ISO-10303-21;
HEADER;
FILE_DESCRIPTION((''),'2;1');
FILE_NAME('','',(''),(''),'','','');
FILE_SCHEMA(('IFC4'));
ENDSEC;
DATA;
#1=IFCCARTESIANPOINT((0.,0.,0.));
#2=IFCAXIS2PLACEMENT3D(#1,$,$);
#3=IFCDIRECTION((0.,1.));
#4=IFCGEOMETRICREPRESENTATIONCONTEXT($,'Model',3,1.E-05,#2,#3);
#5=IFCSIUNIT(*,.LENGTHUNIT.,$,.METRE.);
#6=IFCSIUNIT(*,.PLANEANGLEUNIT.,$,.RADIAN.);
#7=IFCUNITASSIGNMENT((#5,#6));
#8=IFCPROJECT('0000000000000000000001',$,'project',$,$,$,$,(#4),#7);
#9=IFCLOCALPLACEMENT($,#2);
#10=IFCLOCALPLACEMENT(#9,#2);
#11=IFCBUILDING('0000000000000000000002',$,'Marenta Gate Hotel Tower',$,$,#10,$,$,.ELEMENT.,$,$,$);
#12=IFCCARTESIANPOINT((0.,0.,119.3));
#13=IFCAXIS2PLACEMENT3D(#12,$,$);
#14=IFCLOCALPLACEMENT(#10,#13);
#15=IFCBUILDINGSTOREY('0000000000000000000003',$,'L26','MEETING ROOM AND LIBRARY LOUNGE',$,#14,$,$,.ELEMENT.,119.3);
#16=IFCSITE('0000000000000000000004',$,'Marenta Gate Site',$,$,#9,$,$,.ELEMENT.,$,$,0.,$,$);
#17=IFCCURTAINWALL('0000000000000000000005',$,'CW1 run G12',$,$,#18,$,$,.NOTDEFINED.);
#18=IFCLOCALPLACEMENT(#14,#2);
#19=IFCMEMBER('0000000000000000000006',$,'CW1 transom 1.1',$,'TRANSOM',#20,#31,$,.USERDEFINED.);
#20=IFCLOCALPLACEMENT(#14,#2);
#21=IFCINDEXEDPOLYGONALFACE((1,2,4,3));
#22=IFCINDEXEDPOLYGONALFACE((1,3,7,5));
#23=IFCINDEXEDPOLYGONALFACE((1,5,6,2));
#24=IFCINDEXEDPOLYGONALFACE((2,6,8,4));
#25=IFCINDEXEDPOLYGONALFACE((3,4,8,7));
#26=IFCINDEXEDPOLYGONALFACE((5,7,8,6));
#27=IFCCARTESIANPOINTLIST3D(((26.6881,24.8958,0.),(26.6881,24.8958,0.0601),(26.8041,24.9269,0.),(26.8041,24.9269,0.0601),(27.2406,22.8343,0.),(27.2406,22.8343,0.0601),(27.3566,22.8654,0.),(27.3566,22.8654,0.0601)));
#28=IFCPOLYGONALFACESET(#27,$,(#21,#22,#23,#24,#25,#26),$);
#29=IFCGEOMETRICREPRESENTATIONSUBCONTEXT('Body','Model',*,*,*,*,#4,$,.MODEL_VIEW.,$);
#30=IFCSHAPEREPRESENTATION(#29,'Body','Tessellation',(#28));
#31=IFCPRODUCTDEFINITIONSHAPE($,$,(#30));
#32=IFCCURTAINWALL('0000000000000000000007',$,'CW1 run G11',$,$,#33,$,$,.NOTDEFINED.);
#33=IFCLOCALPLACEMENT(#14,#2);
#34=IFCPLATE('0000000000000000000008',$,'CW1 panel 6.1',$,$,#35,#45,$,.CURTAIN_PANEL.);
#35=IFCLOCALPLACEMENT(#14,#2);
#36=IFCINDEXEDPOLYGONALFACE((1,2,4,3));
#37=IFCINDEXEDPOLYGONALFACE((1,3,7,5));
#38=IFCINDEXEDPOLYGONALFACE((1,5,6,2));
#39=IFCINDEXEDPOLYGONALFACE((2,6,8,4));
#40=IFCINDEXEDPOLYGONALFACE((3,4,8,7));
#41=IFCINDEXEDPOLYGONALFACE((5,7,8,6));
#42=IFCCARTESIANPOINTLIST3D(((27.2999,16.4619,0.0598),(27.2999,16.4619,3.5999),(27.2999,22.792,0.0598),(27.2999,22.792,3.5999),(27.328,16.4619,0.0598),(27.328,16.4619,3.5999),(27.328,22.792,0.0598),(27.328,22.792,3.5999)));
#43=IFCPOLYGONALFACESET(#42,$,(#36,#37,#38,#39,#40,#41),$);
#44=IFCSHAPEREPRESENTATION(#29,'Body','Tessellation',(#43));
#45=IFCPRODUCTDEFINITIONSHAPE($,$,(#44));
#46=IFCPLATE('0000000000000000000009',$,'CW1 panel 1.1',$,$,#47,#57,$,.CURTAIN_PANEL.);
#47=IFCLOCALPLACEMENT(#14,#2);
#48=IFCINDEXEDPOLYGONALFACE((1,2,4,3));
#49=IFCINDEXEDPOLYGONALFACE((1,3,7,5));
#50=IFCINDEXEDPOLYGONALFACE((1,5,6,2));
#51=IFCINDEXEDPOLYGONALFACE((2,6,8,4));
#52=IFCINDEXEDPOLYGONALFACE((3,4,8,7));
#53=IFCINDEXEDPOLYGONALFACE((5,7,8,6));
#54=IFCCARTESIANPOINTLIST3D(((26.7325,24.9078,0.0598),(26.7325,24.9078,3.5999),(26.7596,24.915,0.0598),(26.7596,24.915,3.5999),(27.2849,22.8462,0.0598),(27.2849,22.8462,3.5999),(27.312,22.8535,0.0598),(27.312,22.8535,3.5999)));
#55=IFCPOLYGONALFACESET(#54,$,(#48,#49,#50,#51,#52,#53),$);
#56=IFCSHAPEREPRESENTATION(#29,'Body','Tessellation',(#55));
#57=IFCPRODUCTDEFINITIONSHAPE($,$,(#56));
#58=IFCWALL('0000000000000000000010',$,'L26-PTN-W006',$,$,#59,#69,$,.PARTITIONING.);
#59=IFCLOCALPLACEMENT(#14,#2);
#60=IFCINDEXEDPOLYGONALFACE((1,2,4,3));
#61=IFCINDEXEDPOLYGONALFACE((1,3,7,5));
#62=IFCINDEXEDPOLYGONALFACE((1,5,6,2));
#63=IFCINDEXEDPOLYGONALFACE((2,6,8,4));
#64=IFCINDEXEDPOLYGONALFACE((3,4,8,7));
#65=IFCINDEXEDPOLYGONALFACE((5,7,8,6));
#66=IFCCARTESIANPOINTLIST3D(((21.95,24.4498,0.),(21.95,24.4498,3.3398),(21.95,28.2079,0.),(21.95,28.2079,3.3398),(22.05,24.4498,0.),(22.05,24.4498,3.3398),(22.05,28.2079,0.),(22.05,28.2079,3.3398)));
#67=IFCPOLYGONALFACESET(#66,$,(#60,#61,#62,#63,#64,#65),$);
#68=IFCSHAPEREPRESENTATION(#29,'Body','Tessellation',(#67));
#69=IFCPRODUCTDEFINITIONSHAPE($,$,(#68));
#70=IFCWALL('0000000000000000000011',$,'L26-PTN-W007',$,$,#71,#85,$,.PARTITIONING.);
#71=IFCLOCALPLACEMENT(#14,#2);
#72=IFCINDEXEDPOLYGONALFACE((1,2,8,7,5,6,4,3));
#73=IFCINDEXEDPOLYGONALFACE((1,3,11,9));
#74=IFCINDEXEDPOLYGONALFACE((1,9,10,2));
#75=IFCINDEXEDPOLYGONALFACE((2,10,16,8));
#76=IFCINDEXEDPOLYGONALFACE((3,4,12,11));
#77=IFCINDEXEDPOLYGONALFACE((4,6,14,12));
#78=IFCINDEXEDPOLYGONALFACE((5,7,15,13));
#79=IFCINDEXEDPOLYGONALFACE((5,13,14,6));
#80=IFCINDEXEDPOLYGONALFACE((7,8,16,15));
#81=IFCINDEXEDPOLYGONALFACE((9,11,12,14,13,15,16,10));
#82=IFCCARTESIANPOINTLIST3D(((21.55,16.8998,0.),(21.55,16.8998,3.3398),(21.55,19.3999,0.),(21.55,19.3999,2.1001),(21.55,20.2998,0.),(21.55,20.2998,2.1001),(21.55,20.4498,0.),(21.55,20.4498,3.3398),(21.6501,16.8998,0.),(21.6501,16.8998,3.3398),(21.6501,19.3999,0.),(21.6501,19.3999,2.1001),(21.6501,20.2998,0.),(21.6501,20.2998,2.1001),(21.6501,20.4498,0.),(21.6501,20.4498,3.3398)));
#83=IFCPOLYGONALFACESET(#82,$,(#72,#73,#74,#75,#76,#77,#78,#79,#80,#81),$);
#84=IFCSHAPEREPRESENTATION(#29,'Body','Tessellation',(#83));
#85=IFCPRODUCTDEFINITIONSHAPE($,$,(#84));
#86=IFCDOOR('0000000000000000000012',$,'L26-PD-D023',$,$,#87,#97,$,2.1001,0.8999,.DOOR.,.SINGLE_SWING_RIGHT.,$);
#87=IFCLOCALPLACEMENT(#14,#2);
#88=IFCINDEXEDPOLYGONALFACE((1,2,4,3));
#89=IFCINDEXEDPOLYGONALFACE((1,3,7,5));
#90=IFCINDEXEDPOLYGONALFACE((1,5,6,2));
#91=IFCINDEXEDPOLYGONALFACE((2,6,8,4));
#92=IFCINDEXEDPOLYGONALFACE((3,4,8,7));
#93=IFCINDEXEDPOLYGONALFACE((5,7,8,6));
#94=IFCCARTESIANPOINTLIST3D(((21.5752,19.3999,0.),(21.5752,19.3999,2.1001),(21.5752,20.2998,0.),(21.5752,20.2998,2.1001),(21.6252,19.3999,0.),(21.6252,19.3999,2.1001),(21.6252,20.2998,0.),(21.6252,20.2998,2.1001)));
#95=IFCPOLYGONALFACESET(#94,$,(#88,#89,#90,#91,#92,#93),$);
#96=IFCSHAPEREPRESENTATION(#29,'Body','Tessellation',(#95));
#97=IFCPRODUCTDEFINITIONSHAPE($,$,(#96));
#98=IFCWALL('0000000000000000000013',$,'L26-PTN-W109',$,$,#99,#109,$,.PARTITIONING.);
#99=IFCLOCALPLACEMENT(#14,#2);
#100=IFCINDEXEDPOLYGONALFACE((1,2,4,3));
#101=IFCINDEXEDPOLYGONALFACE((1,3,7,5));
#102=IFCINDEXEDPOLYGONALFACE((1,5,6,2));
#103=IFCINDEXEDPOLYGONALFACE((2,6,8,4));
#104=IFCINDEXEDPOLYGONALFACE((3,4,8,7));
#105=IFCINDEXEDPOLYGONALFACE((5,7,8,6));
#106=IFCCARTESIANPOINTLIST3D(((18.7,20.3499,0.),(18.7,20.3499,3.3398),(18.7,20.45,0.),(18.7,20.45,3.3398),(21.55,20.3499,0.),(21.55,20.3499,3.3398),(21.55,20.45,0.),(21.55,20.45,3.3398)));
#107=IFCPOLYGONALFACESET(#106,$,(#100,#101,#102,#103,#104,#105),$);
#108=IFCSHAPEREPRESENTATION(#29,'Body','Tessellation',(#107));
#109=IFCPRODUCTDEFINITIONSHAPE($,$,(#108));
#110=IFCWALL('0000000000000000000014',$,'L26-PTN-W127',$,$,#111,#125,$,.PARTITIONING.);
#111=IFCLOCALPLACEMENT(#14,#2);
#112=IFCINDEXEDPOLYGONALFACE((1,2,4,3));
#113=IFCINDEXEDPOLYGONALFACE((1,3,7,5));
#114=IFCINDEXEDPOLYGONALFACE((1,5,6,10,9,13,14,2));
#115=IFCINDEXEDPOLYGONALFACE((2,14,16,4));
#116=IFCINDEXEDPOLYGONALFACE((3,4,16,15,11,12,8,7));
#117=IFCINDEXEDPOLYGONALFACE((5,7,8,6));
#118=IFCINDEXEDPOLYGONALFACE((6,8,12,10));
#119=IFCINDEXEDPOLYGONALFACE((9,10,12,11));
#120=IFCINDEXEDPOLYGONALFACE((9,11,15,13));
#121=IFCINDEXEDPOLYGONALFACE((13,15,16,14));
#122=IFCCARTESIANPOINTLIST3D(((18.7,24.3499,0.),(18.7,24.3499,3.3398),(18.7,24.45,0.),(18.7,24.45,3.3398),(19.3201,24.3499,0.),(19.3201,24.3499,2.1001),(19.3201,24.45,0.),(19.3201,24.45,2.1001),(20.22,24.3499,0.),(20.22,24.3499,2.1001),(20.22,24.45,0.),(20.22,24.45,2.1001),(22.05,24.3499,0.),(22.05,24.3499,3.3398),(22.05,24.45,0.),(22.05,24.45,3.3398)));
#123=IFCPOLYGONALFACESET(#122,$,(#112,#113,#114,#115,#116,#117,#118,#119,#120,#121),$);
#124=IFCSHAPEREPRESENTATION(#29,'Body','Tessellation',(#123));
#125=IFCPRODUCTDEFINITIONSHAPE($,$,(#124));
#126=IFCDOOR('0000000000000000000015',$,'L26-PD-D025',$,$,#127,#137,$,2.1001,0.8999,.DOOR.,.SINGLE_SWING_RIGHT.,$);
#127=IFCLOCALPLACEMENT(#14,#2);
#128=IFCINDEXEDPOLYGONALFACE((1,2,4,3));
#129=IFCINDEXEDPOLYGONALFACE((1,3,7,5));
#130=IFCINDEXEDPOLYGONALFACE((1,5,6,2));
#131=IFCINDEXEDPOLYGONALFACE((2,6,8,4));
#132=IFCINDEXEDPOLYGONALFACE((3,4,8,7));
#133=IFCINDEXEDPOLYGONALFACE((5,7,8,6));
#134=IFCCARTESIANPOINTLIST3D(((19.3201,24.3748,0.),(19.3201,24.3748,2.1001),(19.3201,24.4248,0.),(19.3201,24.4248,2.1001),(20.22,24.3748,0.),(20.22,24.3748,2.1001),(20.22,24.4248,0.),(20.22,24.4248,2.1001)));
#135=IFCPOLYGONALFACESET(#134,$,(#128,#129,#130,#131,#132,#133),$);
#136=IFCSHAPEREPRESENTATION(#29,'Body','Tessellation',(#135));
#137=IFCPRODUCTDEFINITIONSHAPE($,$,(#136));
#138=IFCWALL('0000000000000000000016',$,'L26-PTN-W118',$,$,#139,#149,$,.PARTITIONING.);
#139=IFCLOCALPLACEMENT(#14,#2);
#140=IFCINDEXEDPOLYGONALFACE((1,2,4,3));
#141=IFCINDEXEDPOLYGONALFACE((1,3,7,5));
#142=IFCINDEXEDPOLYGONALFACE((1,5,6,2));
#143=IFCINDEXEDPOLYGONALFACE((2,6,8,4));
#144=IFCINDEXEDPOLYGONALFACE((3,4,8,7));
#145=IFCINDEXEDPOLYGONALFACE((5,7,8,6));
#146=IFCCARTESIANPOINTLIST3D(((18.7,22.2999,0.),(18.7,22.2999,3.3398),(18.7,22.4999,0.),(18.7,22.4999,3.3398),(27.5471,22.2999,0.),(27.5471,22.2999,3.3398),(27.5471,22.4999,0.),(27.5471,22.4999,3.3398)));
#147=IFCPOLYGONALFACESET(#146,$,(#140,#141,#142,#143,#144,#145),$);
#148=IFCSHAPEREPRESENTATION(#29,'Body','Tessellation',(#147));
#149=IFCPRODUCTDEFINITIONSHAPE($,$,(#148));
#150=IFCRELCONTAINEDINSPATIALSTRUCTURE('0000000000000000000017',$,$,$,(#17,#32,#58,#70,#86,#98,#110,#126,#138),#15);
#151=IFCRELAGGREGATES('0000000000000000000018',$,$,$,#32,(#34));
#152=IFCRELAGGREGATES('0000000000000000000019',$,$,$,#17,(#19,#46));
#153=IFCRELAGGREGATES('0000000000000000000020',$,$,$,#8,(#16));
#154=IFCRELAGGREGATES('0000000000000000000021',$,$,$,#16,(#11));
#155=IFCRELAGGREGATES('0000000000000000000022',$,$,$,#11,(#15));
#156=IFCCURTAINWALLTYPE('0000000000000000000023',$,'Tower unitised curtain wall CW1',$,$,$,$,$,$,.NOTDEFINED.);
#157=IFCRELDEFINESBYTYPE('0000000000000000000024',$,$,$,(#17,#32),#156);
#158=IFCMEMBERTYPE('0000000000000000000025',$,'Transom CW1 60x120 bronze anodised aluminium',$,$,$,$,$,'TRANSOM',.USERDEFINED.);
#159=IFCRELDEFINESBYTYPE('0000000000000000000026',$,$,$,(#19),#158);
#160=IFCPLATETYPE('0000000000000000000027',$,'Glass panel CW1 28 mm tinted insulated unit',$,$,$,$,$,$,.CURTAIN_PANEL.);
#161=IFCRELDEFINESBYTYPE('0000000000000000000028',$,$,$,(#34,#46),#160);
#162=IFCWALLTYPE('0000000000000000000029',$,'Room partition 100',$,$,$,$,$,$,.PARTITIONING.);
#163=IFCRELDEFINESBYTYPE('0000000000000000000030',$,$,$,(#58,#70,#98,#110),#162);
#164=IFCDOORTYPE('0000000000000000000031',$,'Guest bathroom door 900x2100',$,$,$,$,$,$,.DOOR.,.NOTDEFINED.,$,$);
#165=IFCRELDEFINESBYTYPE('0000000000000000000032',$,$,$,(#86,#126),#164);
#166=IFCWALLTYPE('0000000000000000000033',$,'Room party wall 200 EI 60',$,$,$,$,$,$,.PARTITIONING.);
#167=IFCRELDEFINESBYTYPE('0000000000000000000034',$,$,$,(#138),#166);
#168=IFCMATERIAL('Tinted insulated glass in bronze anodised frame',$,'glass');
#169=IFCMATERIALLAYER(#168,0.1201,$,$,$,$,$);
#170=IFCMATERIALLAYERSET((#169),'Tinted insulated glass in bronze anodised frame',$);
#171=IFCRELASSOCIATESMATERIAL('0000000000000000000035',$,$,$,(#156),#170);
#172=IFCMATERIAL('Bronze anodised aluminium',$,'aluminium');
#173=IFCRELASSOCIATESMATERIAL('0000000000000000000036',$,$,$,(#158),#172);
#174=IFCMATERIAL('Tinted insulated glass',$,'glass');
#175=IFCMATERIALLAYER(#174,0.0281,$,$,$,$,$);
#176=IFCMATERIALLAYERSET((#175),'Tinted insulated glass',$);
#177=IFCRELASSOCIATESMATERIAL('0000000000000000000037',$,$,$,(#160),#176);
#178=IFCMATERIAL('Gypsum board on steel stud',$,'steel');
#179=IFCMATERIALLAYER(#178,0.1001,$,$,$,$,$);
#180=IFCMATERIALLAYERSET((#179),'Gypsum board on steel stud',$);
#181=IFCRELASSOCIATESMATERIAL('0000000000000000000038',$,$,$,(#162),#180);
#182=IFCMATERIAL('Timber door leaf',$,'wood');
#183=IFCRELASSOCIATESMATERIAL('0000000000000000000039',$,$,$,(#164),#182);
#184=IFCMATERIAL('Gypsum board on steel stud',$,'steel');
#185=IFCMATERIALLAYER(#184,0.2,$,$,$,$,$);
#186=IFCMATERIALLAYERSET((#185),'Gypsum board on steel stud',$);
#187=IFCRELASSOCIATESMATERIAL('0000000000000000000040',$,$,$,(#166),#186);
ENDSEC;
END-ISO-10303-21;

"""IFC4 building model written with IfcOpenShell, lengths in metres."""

from ifc_helpers import new_model, si_unit, direction, frame, frame_2d, origin, origin_2d, place, context, subcontext, project, spatial, rectangle, extrude, material, layer, layer_set, material_profile, profile_set, type_object, element, fill, aggregate, save


model = new_model("IFC4")

# Units and contexts
model_context = context("Model", 3, precision=1e-05, world=origin(), true_north=direction((0.0, 1.0)))
body_context = subcontext(model_context, "Body", "Model", "MODEL_VIEW")
ifc_project = project(units=[si_unit("LENGTHUNIT", "METRE"), si_unit("PLANEANGLEUNIT", "RADIAN")], contexts=[model_context])

# Site, building, storey
site_placement = place(None, origin())
site = spatial("IfcSite", under=ifc_project, at=site_placement, Name="Marenta Gate Site", CompositionType="ELEMENT", RefElevation=0.0)
building_placement = place(site_placement, origin())
building = spatial("IfcBuilding", under=site, at=building_placement, Name="Marenta Gate Hotel Tower", CompositionType="ELEMENT")
storey_placement = place(building_placement, frame((0.0, 0.0, 119.3)))
storey = spatial("IfcBuildingStorey", under=building, at=storey_placement, Name="L26", Description="MEETING ROOM AND LIBRARY LOUNGE", CompositionType="ELEMENT", Elevation=119.3)

# Curtain wall
ifc_material_1 = material(Name="Tinted insulated glass in bronze anodised frame", Category="glass")
ifc_layer_1 = layer(ifc_material_1, 0.1201)
ifc_layer_set_1 = layer_set([ifc_layer_1], Name="Tinted insulated glass in bronze anodised frame")
curtain_wall_type = type_object("IfcCurtainWallType", Name="Tower unitised curtain wall CW1", PredefinedType="NOTDEFINED", material=ifc_layer_set_1)
curtain_wall_1_placement = place(storey_placement, origin())
curtain_wall_1 = element("IfcCurtainWall", 1, at=curtain_wall_1_placement, inside=storey, type_object=curtain_wall_type, Name="CW1 run G12", PredefinedType="NOTDEFINED")

# Member
ifc_material_2 = material(Name="Bronze anodised aluminium", Category="aluminium")
ifc_material_profile_1 = material_profile(ifc_material_2, rectangle(XDim=0.1201, YDim=0.0601, at=origin_2d()), Name="Transom CW1 60x120 bronze anodised aluminium")
ifc_profile_set_1 = profile_set([ifc_material_profile_1], Name="Bronze anodised aluminium")
member_type_1 = type_object("IfcMemberType", Name="Transom CW1 60x120 bronze anodised aluminium", ElementType="TRANSOM", PredefinedType="USERDEFINED", material=ifc_profile_set_1)
member_1_placement = place(storey_placement, frame((27.2986, 22.8499, 0.03), z_axis=(-0.258866, 0.965913, 0.0), x_axis=(-0.965913, -0.258866, 0.0)))
member_1 = element("IfcMember", 2, at=member_1_placement, type_object=member_type_1, Name="CW1 transom 1.1", ObjectType="TRANSOM", PredefinedType="USERDEFINED", context=body_context, shape_type="SweptSolid", body=[
    extrude(rectangle(XDim=0.1201, YDim=0.0601, at=origin_2d()), origin(), (0.0, 0.0, 1.0), 2.1343),
])

# Curtain wall, plate
curtain_wall_2_placement = place(storey_placement, origin())
curtain_wall_2 = element("IfcCurtainWall", 3, at=curtain_wall_2_placement, inside=storey, type_object=curtain_wall_type, Name="CW1 run G11", PredefinedType="NOTDEFINED")
ifc_material_3 = material(Name="Tinted insulated glass", Category="glass")
ifc_layer_2 = layer(ifc_material_3, 0.0281)
ifc_layer_set_2 = layer_set([ifc_layer_2], Name="Tinted insulated glass")
plate_type = type_object("IfcPlateType", Name="Glass panel CW1 28 mm tinted insulated unit", PredefinedType="CURTAIN_PANEL", material=ifc_layer_set_2)
plate_1_placement = place(storey_placement, frame((27.314, 19.627, 0.0598), z_axis=(0.0, 0.0, 1.0), x_axis=(0.0, 1.0, 0.0)))
plate_1 = element("IfcPlate", 4, at=plate_1_placement, type_object=plate_type, Name="CW1 panel 6.1", PredefinedType="CURTAIN_PANEL", context=body_context, shape_type="SweptSolid", body=[
    extrude(rectangle(XDim=6.3301, YDim=0.0281, at=origin_2d()), origin(), (0.0, 0.0, 1.0), 3.54),
])
aggregate(curtain_wall_2, [plate_1])

# Plate
plate_2_placement = place(storey_placement, frame((27.0222, 23.8806, 0.0598), z_axis=(0.0, 0.0, 1.0), x_axis=(-0.258823, 0.965925, 0.0)))
plate_2 = element("IfcPlate", 5, at=plate_2_placement, type_object=plate_type, Name="CW1 panel 1.1", PredefinedType="CURTAIN_PANEL", context=body_context, shape_type="SweptSolid", body=[
    extrude(rectangle(XDim=2.1343, YDim=0.0281, at=origin_2d()), origin(), (0.0, 0.0, 1.0), 3.54),
])
aggregate(curtain_wall_1, [member_1, plate_2])

# Wall
ifc_material_4 = material(Name="Gypsum board on steel stud", Category="steel")
ifc_layer_3 = layer(ifc_material_4, 0.1001)
ifc_layer_set_3 = layer_set([ifc_layer_3], Name="Gypsum board on steel stud")
wall_type_1 = type_object("IfcWallType", Name="Room partition 100", PredefinedType="PARTITIONING", material=ifc_layer_set_3)
wall_1_placement = place(storey_placement, frame((22.0, 24.45, 0.0), z_axis=(0.0, 0.0, 1.0), x_axis=(0.0, 1.0, 0.0)))
element("IfcWall", 6, at=wall_1_placement, inside=storey, type_object=wall_type_1, Name="L26-PTN-W006", PredefinedType="PARTITIONING", context=body_context, shape_type="SweptSolid", body=[
    extrude(rectangle(XDim=3.7581, YDim=0.1001, at=frame_2d((1.8789, 0.0))), origin(), (0.0, 0.0, 1.0), 3.3398),
])

# Wall, opening, door
wall_2_placement = place(storey_placement, frame((21.6001, 16.8999, 0.0), z_axis=(0.0, 0.0, 1.0), x_axis=(0.0, 1.0, 0.0)))
wall_2 = element("IfcWall", 7, at=wall_2_placement, inside=storey, type_object=wall_type_1, Name="L26-PTN-W007", PredefinedType="PARTITIONING", context=body_context, shape_type="SweptSolid", body=[
    extrude(rectangle(XDim=3.55, YDim=0.1001, at=frame_2d((1.7749, 0.0))), origin(), (0.0, 0.0, 1.0), 3.3398),
])
opening_1_placement = place(wall_2_placement, frame((2.5, 0.0, 0.0)))
opening_1 = element("IfcOpeningElement", 8, at=opening_1_placement, cuts=wall_2, PredefinedType="OPENING", context=body_context, shape_type="SweptSolid", body=[
    extrude(rectangle(XDim=0.8999, YDim=2.1001, at=frame_2d((0.45, 1.05))), frame((0.0, 0.05, 0.0), z_axis=(0.0, -1.0, 0.0), x_axis=(1.0, 0.0, 0.0)), (0.0, 0.0, 1.0), 0.1001),
])
ifc_material_5 = material(Name="Timber door leaf", Category="wood")
door_type = type_object("IfcDoorType", Name="Guest bathroom door 900x2100", OperationType="NOTDEFINED", PredefinedType="DOOR", material=ifc_material_5)
door_1_placement = place(opening_1_placement, origin())
door_1 = element("IfcDoor", 9, at=door_1_placement, inside=storey, type_object=door_type, Name="L26-PD-D023", OperationType="SINGLE_SWING_RIGHT", OverallHeight=2.1001, OverallWidth=0.8999, PredefinedType="DOOR", context=body_context, shape_type="SweptSolid", body=[
    extrude(rectangle(XDim=0.8999, YDim=2.1001, at=frame_2d((0.45, 1.05))), frame((0.0, 0.0249, 0.0), z_axis=(0.0, -1.0, 0.0), x_axis=(1.0, 0.0, 0.0)), (0.0, 0.0, 1.0), 0.05),
])
fill(opening_1, door_1)

# Wall
wall_3_placement = place(storey_placement, frame((18.7, 20.3999, 0.0), z_axis=(0.0, 0.0, 1.0), x_axis=(1.0, 0.0, 0.0)))
element("IfcWall", 10, at=wall_3_placement, inside=storey, type_object=wall_type_1, Name="L26-PTN-W109", PredefinedType="PARTITIONING", context=body_context, shape_type="SweptSolid", body=[
    extrude(rectangle(XDim=2.8501, YDim=0.1001, at=frame_2d((1.425, 0.0))), origin(), (0.0, 0.0, 1.0), 3.3398),
])

# Wall, opening, door
wall_4_placement = place(storey_placement, frame((18.7, 24.3999, 0.0), z_axis=(0.0, 0.0, 1.0), x_axis=(1.0, 0.0, 0.0)))
wall_4 = element("IfcWall", 11, at=wall_4_placement, inside=storey, type_object=wall_type_1, Name="L26-PTN-W127", PredefinedType="PARTITIONING", context=body_context, shape_type="SweptSolid", body=[
    extrude(rectangle(XDim=3.3501, YDim=0.1001, at=frame_2d((1.675, 0.0))), origin(), (0.0, 0.0, 1.0), 3.3398),
])
opening_2_placement = place(wall_4_placement, frame((0.6201, 0.0, 0.0)))
opening_2 = element("IfcOpeningElement", 12, at=opening_2_placement, cuts=wall_4, PredefinedType="OPENING", context=body_context, shape_type="SweptSolid", body=[
    extrude(rectangle(XDim=0.8999, YDim=2.1001, at=frame_2d((0.45, 1.05))), frame((0.0, 0.05, 0.0), z_axis=(0.0, -1.0, 0.0), x_axis=(1.0, 0.0, 0.0)), (0.0, 0.0, 1.0), 0.1001),
])
door_2_placement = place(opening_2_placement, origin())
door_2 = element("IfcDoor", 13, at=door_2_placement, inside=storey, type_object=door_type, Name="L26-PD-D025", OperationType="SINGLE_SWING_RIGHT", OverallHeight=2.1001, OverallWidth=0.8999, PredefinedType="DOOR", context=body_context, shape_type="SweptSolid", body=[
    extrude(rectangle(XDim=0.8999, YDim=2.1001, at=frame_2d((0.45, 1.05))), frame((0.0, 0.0249, 0.0), z_axis=(0.0, -1.0, 0.0), x_axis=(1.0, 0.0, 0.0)), (0.0, 0.0, 1.0), 0.05),
])
fill(opening_2, door_2)

# Wall
ifc_material_6 = material(Name="Gypsum board on steel stud", Category="steel")
ifc_layer_4 = layer(ifc_material_6, 0.2)
ifc_layer_set_4 = layer_set([ifc_layer_4], Name="Gypsum board on steel stud")
wall_type_2 = type_object("IfcWallType", Name="Room party wall 200 EI 60", PredefinedType="PARTITIONING", material=ifc_layer_set_4)
wall_5_placement = place(storey_placement, frame((18.7, 22.3999, 0.0), z_axis=(0.0, 0.0, 1.0), x_axis=(1.0, 0.0, 0.0)))
element("IfcWall", 14, at=wall_5_placement, inside=storey, type_object=wall_type_2, Name="L26-PTN-W118", PredefinedType="PARTITIONING", context=body_context, shape_type="SweptSolid", body=[
    extrude(rectangle(XDim=8.8472, YDim=0.2, at=frame_2d((4.4236, 0.0))), origin(), (0.0, 0.0, 1.0), 3.3398),
])

save(model, "model.ifc")
